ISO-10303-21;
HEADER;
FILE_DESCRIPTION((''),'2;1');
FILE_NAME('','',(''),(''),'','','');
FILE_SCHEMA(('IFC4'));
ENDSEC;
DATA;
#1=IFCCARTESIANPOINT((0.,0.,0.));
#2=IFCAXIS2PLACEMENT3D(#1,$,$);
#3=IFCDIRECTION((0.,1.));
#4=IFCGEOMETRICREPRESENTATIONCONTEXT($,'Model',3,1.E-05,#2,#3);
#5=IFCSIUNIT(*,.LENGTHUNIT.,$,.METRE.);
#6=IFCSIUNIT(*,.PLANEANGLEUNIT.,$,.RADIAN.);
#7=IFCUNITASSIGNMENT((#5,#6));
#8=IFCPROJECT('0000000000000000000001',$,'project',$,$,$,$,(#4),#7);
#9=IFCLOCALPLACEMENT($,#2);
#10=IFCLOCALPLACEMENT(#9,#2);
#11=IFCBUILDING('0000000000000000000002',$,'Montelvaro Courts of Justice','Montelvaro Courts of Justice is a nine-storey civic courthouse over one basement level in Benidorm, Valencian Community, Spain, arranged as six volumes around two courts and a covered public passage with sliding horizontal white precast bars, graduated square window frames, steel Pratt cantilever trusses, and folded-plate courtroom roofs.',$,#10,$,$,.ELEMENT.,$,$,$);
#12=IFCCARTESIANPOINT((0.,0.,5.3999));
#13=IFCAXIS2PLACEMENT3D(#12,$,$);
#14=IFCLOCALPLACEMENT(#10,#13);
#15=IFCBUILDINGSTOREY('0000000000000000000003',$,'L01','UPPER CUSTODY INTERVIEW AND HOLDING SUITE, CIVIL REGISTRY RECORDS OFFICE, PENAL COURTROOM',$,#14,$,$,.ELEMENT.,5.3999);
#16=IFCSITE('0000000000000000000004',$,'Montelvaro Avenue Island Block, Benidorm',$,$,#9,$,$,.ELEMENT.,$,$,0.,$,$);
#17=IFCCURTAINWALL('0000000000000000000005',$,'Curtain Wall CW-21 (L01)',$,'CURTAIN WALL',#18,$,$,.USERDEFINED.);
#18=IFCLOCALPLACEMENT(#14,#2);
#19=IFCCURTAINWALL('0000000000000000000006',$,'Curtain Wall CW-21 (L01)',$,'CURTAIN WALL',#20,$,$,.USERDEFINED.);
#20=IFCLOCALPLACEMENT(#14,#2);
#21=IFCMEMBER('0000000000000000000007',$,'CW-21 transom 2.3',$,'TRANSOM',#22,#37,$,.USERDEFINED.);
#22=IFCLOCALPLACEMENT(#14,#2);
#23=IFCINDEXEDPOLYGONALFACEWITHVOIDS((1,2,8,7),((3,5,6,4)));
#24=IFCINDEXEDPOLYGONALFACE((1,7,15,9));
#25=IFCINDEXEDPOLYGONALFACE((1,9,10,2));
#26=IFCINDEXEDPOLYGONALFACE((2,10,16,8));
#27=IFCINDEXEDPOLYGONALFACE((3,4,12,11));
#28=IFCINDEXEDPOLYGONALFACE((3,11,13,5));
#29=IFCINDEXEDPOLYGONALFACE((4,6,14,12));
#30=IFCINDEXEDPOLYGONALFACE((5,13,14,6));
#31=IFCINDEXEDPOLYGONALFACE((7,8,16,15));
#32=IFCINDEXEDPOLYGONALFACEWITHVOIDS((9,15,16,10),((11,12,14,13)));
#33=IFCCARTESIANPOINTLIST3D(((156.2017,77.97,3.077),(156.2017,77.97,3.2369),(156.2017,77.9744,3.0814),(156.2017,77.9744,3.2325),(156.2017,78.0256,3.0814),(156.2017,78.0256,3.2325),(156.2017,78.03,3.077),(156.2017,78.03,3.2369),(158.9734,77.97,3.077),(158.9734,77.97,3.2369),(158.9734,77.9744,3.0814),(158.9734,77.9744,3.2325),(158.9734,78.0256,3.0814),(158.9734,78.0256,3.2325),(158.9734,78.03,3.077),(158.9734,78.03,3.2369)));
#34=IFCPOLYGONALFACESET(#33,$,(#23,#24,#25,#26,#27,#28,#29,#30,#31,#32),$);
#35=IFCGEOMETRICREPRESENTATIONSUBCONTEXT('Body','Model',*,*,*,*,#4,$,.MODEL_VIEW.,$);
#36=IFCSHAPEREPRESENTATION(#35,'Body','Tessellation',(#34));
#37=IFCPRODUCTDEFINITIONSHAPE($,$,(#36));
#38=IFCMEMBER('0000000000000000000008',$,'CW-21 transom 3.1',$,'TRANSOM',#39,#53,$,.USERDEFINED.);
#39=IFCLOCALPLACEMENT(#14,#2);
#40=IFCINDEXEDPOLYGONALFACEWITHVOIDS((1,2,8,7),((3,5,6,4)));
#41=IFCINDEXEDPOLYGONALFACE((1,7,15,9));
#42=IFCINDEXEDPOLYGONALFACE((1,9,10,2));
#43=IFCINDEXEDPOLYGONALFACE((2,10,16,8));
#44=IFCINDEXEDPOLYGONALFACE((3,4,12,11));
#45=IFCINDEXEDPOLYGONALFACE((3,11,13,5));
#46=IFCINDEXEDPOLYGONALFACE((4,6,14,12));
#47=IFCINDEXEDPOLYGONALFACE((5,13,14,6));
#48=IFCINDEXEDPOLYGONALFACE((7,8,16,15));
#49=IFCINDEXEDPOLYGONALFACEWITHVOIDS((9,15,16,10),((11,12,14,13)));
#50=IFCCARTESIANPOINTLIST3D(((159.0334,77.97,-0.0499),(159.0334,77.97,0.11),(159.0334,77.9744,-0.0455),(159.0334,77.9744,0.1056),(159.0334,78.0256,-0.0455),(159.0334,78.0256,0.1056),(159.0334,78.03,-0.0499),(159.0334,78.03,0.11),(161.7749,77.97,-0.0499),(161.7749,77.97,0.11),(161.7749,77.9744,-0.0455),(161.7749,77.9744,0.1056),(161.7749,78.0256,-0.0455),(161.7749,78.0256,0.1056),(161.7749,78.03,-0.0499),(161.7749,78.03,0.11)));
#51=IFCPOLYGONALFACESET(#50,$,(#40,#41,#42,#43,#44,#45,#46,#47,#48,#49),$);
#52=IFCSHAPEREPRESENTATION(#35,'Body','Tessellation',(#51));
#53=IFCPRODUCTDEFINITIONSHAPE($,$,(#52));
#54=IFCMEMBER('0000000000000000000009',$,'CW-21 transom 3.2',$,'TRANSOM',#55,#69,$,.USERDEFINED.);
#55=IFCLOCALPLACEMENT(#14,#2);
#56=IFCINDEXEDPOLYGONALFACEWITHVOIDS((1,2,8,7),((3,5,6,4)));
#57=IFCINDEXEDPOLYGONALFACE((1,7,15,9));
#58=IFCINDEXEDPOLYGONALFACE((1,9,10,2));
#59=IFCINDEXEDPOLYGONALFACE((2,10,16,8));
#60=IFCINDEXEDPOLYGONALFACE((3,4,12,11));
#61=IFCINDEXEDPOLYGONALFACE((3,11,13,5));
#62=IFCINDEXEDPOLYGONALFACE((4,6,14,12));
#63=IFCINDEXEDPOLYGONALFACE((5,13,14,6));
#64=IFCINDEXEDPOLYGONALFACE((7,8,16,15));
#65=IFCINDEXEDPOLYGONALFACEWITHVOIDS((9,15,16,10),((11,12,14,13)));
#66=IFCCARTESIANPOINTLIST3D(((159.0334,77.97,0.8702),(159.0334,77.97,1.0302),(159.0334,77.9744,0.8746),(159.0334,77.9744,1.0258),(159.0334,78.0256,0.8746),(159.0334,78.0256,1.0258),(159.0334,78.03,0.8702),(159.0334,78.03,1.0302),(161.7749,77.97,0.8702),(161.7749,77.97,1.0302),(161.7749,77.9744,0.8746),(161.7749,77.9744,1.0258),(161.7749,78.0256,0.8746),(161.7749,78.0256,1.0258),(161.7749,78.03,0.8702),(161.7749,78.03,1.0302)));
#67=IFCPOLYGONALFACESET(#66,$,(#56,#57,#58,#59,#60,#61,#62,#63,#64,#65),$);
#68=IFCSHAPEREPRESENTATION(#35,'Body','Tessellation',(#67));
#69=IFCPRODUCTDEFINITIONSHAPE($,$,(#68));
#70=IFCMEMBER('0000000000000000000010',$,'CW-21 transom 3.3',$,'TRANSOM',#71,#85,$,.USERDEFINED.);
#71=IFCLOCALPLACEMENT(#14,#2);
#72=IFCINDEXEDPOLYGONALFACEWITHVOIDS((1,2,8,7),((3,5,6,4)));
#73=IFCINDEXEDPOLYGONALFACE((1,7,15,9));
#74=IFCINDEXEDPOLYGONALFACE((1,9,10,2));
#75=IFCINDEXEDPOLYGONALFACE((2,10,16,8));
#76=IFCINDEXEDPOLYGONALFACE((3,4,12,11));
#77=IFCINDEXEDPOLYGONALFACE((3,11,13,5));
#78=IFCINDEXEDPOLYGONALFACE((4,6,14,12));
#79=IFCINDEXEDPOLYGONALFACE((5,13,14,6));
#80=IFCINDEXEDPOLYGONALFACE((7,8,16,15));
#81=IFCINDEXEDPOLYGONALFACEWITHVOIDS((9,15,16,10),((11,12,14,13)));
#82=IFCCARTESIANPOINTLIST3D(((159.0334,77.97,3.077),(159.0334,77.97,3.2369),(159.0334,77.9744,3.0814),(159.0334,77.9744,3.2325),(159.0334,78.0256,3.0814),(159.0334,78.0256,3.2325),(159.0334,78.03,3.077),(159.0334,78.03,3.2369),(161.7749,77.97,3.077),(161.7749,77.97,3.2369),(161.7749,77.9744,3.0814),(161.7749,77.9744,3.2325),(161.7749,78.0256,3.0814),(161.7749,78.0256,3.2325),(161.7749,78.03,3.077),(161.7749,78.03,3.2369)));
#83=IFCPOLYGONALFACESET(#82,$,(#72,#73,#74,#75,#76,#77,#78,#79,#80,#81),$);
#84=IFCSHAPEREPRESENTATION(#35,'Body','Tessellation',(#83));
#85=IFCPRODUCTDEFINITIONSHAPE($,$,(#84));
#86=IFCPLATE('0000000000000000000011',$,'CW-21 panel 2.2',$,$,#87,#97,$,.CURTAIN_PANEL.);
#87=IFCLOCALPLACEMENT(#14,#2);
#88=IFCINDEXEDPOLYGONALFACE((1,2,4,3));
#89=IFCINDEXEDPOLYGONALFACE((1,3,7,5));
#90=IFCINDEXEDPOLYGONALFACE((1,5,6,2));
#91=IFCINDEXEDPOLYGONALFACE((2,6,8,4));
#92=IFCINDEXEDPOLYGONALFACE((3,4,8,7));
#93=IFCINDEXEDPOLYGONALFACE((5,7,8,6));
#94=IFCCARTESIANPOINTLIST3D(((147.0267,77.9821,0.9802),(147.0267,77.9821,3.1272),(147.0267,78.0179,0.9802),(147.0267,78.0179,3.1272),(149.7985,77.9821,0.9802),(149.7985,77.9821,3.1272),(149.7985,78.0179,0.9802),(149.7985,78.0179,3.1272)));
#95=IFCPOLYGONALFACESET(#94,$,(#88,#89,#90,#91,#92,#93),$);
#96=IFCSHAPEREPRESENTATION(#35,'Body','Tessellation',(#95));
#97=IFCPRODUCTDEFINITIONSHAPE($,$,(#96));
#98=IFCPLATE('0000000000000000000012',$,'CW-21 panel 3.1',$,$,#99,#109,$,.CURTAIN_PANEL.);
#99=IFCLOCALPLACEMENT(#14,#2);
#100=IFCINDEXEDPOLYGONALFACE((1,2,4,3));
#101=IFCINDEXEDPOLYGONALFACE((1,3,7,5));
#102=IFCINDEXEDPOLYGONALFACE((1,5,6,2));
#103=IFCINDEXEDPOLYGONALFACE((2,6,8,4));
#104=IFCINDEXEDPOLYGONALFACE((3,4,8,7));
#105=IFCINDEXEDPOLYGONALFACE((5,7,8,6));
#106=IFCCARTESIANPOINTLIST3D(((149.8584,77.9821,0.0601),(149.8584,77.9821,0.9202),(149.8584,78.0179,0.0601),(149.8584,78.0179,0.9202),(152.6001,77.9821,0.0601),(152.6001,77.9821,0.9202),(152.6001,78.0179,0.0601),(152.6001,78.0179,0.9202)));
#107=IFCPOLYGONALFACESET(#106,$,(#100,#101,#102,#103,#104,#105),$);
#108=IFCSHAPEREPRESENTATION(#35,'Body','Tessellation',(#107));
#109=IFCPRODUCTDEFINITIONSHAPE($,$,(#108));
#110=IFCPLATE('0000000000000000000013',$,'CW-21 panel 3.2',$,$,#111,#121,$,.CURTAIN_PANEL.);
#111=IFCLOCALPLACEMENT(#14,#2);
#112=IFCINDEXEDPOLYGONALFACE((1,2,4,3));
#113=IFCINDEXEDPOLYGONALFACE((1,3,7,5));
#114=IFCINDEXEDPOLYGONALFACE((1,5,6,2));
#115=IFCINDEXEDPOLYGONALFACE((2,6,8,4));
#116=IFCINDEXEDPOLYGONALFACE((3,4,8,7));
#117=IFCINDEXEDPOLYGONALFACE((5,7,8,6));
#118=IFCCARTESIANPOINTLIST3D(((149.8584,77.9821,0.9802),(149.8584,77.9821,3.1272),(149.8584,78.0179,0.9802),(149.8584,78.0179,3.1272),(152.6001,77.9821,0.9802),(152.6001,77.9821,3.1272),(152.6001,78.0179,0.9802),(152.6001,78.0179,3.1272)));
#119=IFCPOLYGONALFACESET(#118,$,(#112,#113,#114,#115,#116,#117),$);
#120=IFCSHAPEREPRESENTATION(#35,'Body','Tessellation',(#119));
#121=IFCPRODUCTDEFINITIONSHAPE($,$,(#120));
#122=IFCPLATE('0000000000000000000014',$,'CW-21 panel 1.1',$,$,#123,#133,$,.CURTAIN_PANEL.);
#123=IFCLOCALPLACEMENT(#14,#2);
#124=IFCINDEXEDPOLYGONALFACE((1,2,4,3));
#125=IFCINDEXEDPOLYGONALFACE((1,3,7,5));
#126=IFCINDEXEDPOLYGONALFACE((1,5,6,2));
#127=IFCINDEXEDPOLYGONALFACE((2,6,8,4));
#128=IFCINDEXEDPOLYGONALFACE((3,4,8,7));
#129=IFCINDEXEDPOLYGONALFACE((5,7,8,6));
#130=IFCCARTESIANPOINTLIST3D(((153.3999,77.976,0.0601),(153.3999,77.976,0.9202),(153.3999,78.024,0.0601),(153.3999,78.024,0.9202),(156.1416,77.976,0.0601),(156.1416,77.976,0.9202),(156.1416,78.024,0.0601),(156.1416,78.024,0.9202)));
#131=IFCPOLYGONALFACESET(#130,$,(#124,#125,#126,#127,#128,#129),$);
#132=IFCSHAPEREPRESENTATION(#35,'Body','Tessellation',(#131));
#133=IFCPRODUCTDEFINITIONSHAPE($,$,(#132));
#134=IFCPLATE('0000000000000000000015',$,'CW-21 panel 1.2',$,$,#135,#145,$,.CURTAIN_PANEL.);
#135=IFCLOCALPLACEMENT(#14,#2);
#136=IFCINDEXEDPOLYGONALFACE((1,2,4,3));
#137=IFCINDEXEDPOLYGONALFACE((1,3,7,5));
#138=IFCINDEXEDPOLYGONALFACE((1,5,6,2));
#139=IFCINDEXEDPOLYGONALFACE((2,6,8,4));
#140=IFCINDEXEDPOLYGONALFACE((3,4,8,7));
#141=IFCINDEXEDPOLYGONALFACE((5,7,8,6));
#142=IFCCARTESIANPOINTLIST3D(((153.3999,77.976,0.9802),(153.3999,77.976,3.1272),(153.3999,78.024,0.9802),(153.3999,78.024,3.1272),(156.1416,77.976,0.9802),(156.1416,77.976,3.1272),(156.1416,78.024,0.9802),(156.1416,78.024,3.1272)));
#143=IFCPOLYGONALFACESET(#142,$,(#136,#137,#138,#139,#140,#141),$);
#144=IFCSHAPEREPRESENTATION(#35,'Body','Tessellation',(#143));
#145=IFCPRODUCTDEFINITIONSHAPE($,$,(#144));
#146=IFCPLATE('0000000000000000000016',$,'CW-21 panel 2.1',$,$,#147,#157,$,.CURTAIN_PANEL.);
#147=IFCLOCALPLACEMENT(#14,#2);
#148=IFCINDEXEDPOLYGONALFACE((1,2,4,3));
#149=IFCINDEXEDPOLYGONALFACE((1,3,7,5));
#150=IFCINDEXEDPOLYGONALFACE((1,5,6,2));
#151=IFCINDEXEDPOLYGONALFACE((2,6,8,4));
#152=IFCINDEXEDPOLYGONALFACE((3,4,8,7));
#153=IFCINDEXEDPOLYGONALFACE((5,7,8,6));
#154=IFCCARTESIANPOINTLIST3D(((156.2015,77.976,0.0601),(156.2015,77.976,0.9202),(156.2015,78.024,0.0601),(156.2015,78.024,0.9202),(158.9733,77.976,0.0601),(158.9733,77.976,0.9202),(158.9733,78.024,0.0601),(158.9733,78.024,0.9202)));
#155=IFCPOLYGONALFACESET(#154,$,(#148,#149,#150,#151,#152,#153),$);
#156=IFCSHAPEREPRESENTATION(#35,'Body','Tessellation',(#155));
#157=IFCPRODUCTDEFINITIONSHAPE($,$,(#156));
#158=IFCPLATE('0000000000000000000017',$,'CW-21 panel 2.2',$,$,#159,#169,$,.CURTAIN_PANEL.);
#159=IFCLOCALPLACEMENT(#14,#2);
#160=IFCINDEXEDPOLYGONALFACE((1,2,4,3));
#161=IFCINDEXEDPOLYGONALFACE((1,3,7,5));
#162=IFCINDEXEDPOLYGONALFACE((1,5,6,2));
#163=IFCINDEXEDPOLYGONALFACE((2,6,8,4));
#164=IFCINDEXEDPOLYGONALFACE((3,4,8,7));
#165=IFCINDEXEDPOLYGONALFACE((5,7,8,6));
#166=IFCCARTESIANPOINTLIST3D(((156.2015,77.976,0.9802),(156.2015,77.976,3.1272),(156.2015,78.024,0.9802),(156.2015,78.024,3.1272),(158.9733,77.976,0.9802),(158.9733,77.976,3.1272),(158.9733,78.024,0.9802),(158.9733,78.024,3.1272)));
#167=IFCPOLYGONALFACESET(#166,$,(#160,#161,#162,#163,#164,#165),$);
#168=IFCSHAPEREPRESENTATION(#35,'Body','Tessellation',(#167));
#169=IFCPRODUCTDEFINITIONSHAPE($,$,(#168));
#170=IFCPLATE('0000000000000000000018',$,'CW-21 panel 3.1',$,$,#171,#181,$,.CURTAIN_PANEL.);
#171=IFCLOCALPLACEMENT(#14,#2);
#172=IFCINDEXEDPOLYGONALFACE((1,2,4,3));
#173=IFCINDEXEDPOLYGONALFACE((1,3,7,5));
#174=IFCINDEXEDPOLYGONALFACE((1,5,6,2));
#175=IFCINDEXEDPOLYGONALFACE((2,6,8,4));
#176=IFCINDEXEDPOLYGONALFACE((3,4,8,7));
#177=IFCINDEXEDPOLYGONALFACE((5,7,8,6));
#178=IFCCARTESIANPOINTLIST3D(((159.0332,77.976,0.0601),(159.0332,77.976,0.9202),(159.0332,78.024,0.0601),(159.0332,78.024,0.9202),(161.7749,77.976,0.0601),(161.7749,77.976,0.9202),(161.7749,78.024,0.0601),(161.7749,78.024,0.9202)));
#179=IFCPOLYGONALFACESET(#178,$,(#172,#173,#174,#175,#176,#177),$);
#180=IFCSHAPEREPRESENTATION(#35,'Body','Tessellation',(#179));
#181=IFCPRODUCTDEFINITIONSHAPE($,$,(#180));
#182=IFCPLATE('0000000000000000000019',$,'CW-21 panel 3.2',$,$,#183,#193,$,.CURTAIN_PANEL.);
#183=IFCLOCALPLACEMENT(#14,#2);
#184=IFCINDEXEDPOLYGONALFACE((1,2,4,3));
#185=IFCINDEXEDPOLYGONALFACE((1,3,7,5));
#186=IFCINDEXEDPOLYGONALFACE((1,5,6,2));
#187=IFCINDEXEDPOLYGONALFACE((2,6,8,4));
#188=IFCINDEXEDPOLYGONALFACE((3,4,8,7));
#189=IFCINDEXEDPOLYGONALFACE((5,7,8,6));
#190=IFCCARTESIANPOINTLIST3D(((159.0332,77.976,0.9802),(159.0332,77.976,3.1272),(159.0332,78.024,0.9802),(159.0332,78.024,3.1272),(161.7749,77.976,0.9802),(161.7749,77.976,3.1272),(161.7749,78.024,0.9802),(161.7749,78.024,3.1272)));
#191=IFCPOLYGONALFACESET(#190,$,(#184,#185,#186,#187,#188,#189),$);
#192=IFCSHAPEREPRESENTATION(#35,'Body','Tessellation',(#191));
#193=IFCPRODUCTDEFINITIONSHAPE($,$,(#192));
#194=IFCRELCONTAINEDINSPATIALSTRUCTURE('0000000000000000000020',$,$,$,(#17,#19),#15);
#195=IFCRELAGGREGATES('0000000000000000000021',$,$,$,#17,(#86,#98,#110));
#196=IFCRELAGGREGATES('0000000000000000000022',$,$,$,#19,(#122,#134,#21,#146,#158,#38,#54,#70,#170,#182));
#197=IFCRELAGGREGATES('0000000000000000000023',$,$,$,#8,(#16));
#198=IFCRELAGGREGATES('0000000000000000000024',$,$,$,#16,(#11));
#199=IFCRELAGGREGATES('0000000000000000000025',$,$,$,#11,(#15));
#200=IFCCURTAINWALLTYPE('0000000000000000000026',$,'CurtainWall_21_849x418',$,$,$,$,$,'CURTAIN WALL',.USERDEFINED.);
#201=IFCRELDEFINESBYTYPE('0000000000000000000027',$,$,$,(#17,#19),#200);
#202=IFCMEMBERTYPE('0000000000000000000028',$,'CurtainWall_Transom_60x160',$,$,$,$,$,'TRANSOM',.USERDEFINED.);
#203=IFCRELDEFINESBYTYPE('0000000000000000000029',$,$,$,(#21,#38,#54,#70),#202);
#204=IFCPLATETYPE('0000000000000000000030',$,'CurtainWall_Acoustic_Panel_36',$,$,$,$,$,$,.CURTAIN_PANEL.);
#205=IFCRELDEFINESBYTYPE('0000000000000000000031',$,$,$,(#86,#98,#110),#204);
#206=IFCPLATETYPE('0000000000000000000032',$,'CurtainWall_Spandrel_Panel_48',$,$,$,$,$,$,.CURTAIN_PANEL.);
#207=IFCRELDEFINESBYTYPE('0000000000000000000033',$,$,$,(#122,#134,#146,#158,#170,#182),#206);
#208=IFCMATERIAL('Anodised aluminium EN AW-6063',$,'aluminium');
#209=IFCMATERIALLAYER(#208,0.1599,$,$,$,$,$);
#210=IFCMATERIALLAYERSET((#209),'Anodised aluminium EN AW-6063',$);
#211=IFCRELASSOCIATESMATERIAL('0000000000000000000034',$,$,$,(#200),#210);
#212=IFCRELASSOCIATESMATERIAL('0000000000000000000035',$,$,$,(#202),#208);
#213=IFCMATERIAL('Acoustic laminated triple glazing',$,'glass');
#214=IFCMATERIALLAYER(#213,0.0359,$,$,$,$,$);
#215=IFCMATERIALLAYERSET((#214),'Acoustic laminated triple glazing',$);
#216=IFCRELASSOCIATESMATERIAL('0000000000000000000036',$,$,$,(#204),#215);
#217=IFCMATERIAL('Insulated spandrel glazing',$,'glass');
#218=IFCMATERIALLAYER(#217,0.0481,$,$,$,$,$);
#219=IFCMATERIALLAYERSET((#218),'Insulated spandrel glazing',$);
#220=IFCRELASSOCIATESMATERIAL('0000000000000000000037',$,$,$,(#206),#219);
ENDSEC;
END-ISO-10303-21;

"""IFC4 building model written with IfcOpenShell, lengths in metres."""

from ifc_helpers import new_model, si_unit, direction, frame, origin, origin_2d, place, context, subcontext, project, spatial, rectangle, hollow_rectangle, extrude, material, layer, layer_set, material_profile, profile_set, type_object, element, aggregate, save


model = new_model("IFC4")

# Units and contexts
model_context = context("Model", 3, precision=1e-05, world=origin(), true_north=direction((0.0, 1.0)))
body_context = subcontext(model_context, "Body", "Model", "MODEL_VIEW")
ifc_project = project(units=[si_unit("LENGTHUNIT", "METRE"), si_unit("PLANEANGLEUNIT", "RADIAN")], contexts=[model_context])

# Site, building, storey
site_placement = place(None, origin())
site = spatial("IfcSite", under=ifc_project, at=site_placement, Name="Montelvaro Avenue Island Block, Benidorm", CompositionType="ELEMENT", RefElevation=0.0)
building_placement = place(site_placement, origin())
building = spatial("IfcBuilding", under=site, at=building_placement, Name="Montelvaro Courts of Justice", Description="Montelvaro Courts of Justice is a nine-storey civic courthouse over one basement level in Benidorm, Valencian Community, Spain, arranged as six volumes around two courts and a covered public passage with sliding horizontal white precast bars, graduated square window frames, steel Pratt cantilever trusses, and folded-plate courtroom roofs.", CompositionType="ELEMENT")
storey_placement = place(building_placement, frame((0.0, 0.0, 5.3999)))
storey = spatial("IfcBuildingStorey", under=building, at=storey_placement, Name="L01", Description="UPPER CUSTODY INTERVIEW AND HOLDING SUITE, CIVIL REGISTRY RECORDS OFFICE, PENAL COURTROOM", CompositionType="ELEMENT", Elevation=5.3999)

# Curtain walls
ifc_material_1 = material(Name="Anodised aluminium EN AW-6063", Category="aluminium")
ifc_layer_1 = layer(ifc_material_1, 0.1599)
ifc_layer_set_1 = layer_set([ifc_layer_1], Name="Anodised aluminium EN AW-6063")
curtain_wall_type = type_object("IfcCurtainWallType", Name="CurtainWall_21_849x418", ElementType="CURTAIN WALL", PredefinedType="USERDEFINED", material=ifc_layer_set_1)
curtain_wall_1_placement = place(storey_placement, origin())
curtain_wall_1 = element("IfcCurtainWall", 1, at=curtain_wall_1_placement, inside=storey, type_object=curtain_wall_type, Name="Curtain Wall CW-21 (L01)", ObjectType="CURTAIN WALL", PredefinedType="USERDEFINED")
curtain_wall_2_placement = place(storey_placement, origin())
curtain_wall_2 = element("IfcCurtainWall", 2, at=curtain_wall_2_placement, inside=storey, type_object=curtain_wall_type, Name="Curtain Wall CW-21 (L01)", ObjectType="CURTAIN WALL", PredefinedType="USERDEFINED")

# Members
ifc_material_profile_1 = material_profile(ifc_material_1, hollow_rectangle(XDim=0.0601, YDim=0.1599, WallThickness=0.0044, at=origin_2d()), Name="ALU-T 60x160")
ifc_profile_set_1 = profile_set([ifc_material_profile_1], Name="Anodised aluminium EN AW-6063")
member_type_1 = type_object("IfcMemberType", Name="CurtainWall_Transom_60x160", ElementType="TRANSOM", PredefinedType="USERDEFINED", material=ifc_profile_set_1)
member_1_placement = place(storey_placement, frame((156.2017, 78.0, 3.157), z_axis=(1.0, 0.0, 0.0), x_axis=(0.0, 1.0, 0.0)))
member_1 = element("IfcMember", 3, at=member_1_placement, type_object=member_type_1, Name="CW-21 transom 2.3", ObjectType="TRANSOM", PredefinedType="USERDEFINED", context=body_context, shape_type="SweptSolid", body=[
    extrude(hollow_rectangle(XDim=0.0601, YDim=0.1599, WallThickness=0.0044, at=origin_2d()), origin(), (0.0, 0.0, 1.0), 2.7717),
])
member_2_placement = place(storey_placement, frame((159.0334, 78.0, 0.03), z_axis=(1.0, 0.0, 0.0), x_axis=(0.0, 1.0, 0.0)))
member_2 = element("IfcMember", 4, at=member_2_placement, type_object=member_type_1, Name="CW-21 transom 3.1", ObjectType="TRANSOM", PredefinedType="USERDEFINED", context=body_context, shape_type="SweptSolid", body=[
    extrude(hollow_rectangle(XDim=0.0601, YDim=0.1599, WallThickness=0.0044, at=origin_2d()), origin(), (0.0, 0.0, 1.0), 2.7415),
])
member_3_placement = place(storey_placement, frame((159.0334, 78.0, 0.9502), z_axis=(1.0, 0.0, 0.0), x_axis=(0.0, 1.0, 0.0)))
member_3 = element("IfcMember", 5, at=member_3_placement, type_object=member_type_1, Name="CW-21 transom 3.2", ObjectType="TRANSOM", PredefinedType="USERDEFINED", context=body_context, shape_type="SweptSolid", body=[
    extrude(hollow_rectangle(XDim=0.0601, YDim=0.1599, WallThickness=0.0044, at=origin_2d()), origin(), (0.0, 0.0, 1.0), 2.7415),
])
member_4_placement = place(storey_placement, frame((159.0334, 78.0, 3.157), z_axis=(1.0, 0.0, 0.0), x_axis=(0.0, 1.0, 0.0)))
member_4 = element("IfcMember", 6, at=member_4_placement, type_object=member_type_1, Name="CW-21 transom 3.3", ObjectType="TRANSOM", PredefinedType="USERDEFINED", context=body_context, shape_type="SweptSolid", body=[
    extrude(hollow_rectangle(XDim=0.0601, YDim=0.1599, WallThickness=0.0044, at=origin_2d()), origin(), (0.0, 0.0, 1.0), 2.7415),
])

# Plates
ifc_material_2 = material(Name="Acoustic laminated triple glazing", Category="glass")
ifc_layer_2 = layer(ifc_material_2, 0.0359)
ifc_layer_set_2 = layer_set([ifc_layer_2], Name="Acoustic laminated triple glazing")
plate_type_1 = type_object("IfcPlateType", Name="CurtainWall_Acoustic_Panel_36", PredefinedType="CURTAIN_PANEL", material=ifc_layer_set_2)
plate_1_placement = place(storey_placement, frame((148.4126, 78.0, 0.9802), z_axis=(0.0, 0.0, 1.0), x_axis=(1.0, 0.0, 0.0)))
plate_1 = element("IfcPlate", 7, at=plate_1_placement, type_object=plate_type_1, Name="CW-21 panel 2.2", PredefinedType="CURTAIN_PANEL", context=body_context, shape_type="SweptSolid", body=[
    extrude(rectangle(XDim=2.7717, YDim=0.0359, at=origin_2d()), origin(), (0.0, 0.0, 1.0), 2.147),
])
plate_2_placement = place(storey_placement, frame((151.2292, 78.0, 0.0601), z_axis=(0.0, 0.0, 1.0), x_axis=(1.0, 0.0, 0.0)))
plate_2 = element("IfcPlate", 8, at=plate_2_placement, type_object=plate_type_1, Name="CW-21 panel 3.1", PredefinedType="CURTAIN_PANEL", context=body_context, shape_type="SweptSolid", body=[
    extrude(rectangle(XDim=2.7417, YDim=0.0359, at=origin_2d()), origin(), (0.0, 0.0, 1.0), 0.8601),
])
plate_3_placement = place(storey_placement, frame((151.2292, 78.0, 0.9802), z_axis=(0.0, 0.0, 1.0), x_axis=(1.0, 0.0, 0.0)))
plate_3 = element("IfcPlate", 9, at=plate_3_placement, type_object=plate_type_1, Name="CW-21 panel 3.2", PredefinedType="CURTAIN_PANEL", context=body_context, shape_type="SweptSolid", body=[
    extrude(rectangle(XDim=2.7417, YDim=0.0359, at=origin_2d()), origin(), (0.0, 0.0, 1.0), 2.147),
])
aggregate(curtain_wall_1, [plate_1, plate_2, plate_3])
ifc_material_3 = material(Name="Insulated spandrel glazing", Category="glass")
ifc_layer_3 = layer(ifc_material_3, 0.0481)
ifc_layer_set_3 = layer_set([ifc_layer_3], Name="Insulated spandrel glazing")
plate_type_2 = type_object("IfcPlateType", Name="CurtainWall_Spandrel_Panel_48", PredefinedType="CURTAIN_PANEL", material=ifc_layer_set_3)
plate_4_placement = place(storey_placement, frame((154.7708, 78.0, 0.0601), z_axis=(0.0, 0.0, 1.0), x_axis=(1.0, 0.0, 0.0)))
plate_4 = element("IfcPlate", 10, at=plate_4_placement, type_object=plate_type_2, Name="CW-21 panel 1.1", PredefinedType="CURTAIN_PANEL", context=body_context, shape_type="SweptSolid", body=[
    extrude(rectangle(XDim=2.7417, YDim=0.0481, at=origin_2d()), origin(), (0.0, 0.0, 1.0), 0.8601),
])
plate_5_placement = place(storey_placement, frame((154.7708, 78.0, 0.9802), z_axis=(0.0, 0.0, 1.0), x_axis=(1.0, 0.0, 0.0)))
plate_5 = element("IfcPlate", 11, at=plate_5_placement, type_object=plate_type_2, Name="CW-21 panel 1.2", PredefinedType="CURTAIN_PANEL", context=body_context, shape_type="SweptSolid", body=[
    extrude(rectangle(XDim=2.7417, YDim=0.0481, at=origin_2d()), origin(), (0.0, 0.0, 1.0), 2.147),
])
plate_6_placement = place(storey_placement, frame((157.5874, 78.0, 0.0601), z_axis=(0.0, 0.0, 1.0), x_axis=(1.0, 0.0, 0.0)))
plate_6 = element("IfcPlate", 12, at=plate_6_placement, type_object=plate_type_2, Name="CW-21 panel 2.1", PredefinedType="CURTAIN_PANEL", context=body_context, shape_type="SweptSolid", body=[
    extrude(rectangle(XDim=2.7717, YDim=0.0481, at=origin_2d()), origin(), (0.0, 0.0, 1.0), 0.8601),
])
plate_7_placement = place(storey_placement, frame((157.5874, 78.0, 0.9802), z_axis=(0.0, 0.0, 1.0), x_axis=(1.0, 0.0, 0.0)))
plate_7 = element("IfcPlate", 13, at=plate_7_placement, type_object=plate_type_2, Name="CW-21 panel 2.2", PredefinedType="CURTAIN_PANEL", context=body_context, shape_type="SweptSolid", body=[
    extrude(rectangle(XDim=2.7717, YDim=0.0481, at=origin_2d()), origin(), (0.0, 0.0, 1.0), 2.147),
])
plate_8_placement = place(storey_placement, frame((160.4041, 78.0, 0.0601), z_axis=(0.0, 0.0, 1.0), x_axis=(1.0, 0.0, 0.0)))
plate_8 = element("IfcPlate", 14, at=plate_8_placement, type_object=plate_type_2, Name="CW-21 panel 3.1", PredefinedType="CURTAIN_PANEL", context=body_context, shape_type="SweptSolid", body=[
    extrude(rectangle(XDim=2.7417, YDim=0.0481, at=origin_2d()), origin(), (0.0, 0.0, 1.0), 0.8601),
])
plate_9_placement = place(storey_placement, frame((160.4041, 78.0, 0.9802), z_axis=(0.0, 0.0, 1.0), x_axis=(1.0, 0.0, 0.0)))
plate_9 = element("IfcPlate", 15, at=plate_9_placement, type_object=plate_type_2, Name="CW-21 panel 3.2", PredefinedType="CURTAIN_PANEL", context=body_context, shape_type="SweptSolid", body=[
    extrude(rectangle(XDim=2.7417, YDim=0.0481, at=origin_2d()), origin(), (0.0, 0.0, 1.0), 2.147),
])
aggregate(curtain_wall_2, [plate_4, plate_5, member_1, plate_6, plate_7, member_2, member_3, member_4, plate_8, plate_9])

save(model, "model.ifc")
